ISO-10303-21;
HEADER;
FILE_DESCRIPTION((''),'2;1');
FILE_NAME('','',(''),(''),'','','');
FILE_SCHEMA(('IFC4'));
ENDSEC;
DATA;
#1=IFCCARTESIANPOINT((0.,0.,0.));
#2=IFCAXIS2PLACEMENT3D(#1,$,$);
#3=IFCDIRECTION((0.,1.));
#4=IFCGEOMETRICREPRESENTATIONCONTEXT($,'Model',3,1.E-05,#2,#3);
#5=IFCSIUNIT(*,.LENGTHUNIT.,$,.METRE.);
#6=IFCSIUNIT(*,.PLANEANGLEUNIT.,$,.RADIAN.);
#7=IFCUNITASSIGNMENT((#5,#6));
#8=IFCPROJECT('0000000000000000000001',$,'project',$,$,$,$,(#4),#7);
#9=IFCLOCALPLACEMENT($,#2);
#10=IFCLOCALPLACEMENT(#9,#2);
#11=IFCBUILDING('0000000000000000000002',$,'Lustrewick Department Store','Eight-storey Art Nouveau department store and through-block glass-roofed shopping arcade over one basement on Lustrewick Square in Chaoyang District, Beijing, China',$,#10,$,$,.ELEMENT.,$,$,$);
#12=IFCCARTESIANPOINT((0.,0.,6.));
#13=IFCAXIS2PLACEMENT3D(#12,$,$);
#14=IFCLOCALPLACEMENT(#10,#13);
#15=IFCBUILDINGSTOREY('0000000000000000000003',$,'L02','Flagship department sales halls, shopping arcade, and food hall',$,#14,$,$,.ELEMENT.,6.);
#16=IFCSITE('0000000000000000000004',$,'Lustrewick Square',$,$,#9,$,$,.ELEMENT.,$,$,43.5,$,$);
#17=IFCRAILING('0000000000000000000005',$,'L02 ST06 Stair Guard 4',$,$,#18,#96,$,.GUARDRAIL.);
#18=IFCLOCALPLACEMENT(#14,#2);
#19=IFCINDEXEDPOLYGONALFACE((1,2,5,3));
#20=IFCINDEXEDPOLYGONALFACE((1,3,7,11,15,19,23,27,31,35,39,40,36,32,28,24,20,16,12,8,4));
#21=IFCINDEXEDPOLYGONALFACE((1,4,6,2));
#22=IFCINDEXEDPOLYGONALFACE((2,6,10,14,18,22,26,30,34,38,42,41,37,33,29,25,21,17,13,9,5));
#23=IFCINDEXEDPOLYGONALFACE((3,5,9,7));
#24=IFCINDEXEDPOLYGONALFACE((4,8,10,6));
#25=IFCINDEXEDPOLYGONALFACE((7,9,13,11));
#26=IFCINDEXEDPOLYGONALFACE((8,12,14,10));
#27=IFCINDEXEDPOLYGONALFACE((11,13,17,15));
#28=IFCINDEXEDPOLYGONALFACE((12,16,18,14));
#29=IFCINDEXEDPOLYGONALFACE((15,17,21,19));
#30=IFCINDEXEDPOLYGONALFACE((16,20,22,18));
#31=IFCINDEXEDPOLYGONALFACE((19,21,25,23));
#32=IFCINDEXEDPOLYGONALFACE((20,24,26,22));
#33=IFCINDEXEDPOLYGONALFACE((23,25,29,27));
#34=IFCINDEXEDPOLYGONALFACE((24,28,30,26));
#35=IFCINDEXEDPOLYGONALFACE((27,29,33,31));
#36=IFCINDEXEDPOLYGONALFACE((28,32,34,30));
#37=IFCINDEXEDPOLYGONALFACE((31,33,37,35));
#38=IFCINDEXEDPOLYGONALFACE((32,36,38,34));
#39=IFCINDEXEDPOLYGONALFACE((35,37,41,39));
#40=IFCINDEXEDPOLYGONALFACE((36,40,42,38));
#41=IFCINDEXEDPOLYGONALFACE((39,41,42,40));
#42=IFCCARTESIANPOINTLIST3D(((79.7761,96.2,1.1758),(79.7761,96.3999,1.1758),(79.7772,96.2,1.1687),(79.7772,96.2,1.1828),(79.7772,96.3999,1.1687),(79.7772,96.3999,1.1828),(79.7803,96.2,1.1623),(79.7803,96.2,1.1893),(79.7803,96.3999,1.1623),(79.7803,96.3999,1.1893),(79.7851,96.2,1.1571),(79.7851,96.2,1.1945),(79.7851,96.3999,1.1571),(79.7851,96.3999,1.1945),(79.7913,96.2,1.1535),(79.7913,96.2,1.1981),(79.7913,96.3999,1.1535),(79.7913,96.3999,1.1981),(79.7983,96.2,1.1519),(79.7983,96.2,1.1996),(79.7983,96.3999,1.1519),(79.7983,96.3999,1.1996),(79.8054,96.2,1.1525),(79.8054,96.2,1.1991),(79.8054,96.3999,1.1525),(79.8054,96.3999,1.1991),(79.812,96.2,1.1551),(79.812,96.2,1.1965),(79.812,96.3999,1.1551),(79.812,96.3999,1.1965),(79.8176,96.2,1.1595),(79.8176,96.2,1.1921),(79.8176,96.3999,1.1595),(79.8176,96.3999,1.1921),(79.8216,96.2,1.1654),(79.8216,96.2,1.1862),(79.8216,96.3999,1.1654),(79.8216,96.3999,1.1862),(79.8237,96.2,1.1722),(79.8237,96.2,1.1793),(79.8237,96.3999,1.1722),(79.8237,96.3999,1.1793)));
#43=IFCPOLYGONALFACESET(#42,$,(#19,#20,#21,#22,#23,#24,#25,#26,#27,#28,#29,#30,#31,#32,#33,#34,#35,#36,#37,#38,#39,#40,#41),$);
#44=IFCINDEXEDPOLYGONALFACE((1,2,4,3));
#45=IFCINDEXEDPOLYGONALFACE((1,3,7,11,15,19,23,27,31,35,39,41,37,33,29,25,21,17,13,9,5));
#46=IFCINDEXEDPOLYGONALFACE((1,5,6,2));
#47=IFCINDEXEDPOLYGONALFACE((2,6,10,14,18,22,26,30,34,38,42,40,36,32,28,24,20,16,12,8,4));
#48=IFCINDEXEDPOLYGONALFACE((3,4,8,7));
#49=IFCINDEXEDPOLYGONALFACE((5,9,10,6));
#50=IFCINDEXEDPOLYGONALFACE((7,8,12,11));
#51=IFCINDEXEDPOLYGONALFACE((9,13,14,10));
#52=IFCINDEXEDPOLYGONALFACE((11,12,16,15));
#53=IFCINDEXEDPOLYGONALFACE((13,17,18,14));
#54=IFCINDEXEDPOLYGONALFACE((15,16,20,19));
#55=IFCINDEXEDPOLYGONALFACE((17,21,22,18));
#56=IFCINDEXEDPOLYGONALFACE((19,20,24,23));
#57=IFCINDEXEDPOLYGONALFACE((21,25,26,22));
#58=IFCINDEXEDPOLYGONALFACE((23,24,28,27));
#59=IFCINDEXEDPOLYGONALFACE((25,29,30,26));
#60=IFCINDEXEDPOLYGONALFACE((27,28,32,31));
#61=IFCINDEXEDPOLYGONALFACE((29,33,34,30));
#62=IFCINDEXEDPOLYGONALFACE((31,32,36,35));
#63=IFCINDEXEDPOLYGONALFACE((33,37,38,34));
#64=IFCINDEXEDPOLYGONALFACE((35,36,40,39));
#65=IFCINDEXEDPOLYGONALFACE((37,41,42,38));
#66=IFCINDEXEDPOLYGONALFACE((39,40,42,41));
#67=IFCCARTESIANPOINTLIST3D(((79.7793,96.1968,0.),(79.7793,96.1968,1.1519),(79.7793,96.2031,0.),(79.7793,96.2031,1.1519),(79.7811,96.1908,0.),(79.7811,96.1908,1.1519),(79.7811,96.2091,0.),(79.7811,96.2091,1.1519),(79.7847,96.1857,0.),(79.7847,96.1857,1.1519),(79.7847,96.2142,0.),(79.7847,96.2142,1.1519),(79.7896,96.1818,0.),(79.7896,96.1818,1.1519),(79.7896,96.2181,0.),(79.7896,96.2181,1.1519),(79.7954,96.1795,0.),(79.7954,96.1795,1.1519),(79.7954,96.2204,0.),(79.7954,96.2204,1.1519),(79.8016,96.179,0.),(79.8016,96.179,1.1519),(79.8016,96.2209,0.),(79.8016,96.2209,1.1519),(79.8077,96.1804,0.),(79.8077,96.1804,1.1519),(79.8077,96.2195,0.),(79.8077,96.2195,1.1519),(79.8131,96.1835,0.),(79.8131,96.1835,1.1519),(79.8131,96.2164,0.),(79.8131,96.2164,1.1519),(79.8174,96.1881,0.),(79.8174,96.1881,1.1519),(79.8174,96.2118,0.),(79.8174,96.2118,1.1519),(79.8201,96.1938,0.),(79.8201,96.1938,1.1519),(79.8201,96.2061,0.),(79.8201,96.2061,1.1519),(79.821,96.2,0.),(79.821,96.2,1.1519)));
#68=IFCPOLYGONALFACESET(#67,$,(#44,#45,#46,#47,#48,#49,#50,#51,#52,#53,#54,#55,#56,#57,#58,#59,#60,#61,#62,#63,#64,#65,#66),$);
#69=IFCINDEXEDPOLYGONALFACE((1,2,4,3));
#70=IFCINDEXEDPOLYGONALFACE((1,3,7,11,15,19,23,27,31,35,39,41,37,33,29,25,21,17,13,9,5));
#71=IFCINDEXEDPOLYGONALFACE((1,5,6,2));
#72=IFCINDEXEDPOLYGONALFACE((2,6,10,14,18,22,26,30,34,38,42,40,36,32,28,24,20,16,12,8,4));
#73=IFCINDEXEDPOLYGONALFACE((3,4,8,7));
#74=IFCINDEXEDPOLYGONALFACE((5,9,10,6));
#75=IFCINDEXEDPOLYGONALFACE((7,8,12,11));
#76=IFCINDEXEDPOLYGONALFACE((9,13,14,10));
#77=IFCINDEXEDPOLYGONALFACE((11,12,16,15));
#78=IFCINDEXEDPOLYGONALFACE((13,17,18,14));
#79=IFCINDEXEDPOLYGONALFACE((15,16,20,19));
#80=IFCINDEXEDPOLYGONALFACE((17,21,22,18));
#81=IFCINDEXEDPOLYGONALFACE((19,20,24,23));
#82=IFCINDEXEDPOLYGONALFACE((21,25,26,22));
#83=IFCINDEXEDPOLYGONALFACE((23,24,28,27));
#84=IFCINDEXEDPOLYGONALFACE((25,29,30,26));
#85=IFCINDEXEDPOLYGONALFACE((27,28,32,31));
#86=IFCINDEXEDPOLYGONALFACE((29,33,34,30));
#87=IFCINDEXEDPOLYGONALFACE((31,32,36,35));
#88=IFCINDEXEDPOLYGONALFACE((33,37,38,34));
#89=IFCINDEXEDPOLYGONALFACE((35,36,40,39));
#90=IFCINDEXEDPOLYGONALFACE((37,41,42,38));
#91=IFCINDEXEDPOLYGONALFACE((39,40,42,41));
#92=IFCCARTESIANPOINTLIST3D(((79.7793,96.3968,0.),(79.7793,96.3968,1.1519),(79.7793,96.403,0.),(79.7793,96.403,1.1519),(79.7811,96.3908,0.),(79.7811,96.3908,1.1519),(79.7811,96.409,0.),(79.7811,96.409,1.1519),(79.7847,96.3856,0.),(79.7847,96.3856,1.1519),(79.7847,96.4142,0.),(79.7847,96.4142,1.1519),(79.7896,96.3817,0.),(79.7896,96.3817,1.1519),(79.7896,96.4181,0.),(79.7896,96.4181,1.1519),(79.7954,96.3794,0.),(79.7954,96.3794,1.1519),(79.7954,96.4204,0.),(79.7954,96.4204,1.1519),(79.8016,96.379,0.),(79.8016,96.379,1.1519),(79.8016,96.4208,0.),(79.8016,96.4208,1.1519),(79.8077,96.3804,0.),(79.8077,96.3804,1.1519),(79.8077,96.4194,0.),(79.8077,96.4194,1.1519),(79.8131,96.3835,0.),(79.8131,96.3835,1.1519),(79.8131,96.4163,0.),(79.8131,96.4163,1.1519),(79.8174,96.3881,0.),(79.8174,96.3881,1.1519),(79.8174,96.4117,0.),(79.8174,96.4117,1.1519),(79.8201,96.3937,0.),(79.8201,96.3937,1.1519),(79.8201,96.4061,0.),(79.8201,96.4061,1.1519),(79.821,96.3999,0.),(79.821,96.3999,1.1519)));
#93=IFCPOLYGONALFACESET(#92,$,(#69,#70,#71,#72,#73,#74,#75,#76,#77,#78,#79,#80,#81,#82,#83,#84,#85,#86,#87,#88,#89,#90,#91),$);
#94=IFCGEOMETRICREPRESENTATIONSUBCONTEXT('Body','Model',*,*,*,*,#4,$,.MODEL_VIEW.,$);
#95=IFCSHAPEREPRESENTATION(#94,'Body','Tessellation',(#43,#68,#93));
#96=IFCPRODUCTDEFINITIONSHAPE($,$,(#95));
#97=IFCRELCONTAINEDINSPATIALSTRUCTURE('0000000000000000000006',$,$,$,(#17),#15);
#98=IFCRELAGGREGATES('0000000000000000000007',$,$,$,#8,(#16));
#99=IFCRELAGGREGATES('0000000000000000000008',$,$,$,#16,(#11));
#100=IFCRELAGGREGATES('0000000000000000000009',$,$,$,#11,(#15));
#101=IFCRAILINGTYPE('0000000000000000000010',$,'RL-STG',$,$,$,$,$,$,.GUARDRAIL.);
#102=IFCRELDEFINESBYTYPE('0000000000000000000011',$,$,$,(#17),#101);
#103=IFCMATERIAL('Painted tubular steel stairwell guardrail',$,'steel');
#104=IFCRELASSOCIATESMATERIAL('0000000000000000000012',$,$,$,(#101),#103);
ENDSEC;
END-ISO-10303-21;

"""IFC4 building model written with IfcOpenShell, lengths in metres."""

from ifc_helpers import new_model, si_unit, direction, frame, origin, origin_2d, place, context, subcontext, project, spatial, circle, extrude, material, type_object, element, save


model = new_model("IFC4")

# Units and contexts
model_context = context("Model", 3, precision=1e-05, world=origin(), true_north=direction((0.0, 1.0)))
body_context = subcontext(model_context, "Body", "Model", "MODEL_VIEW")
ifc_project = project(units=[si_unit("LENGTHUNIT", "METRE"), si_unit("PLANEANGLEUNIT", "RADIAN")], contexts=[model_context])

# Site, building, storey
site_placement = place(None, origin())
site = spatial("IfcSite", under=ifc_project, at=site_placement, Name="Lustrewick Square", CompositionType="ELEMENT", RefElevation=43.5)
building_placement = place(site_placement, origin())
building = spatial("IfcBuilding", under=site, at=building_placement, Name="Lustrewick Department Store", Description="Eight-storey Art Nouveau department store and through-block glass-roofed shopping arcade over one basement on Lustrewick Square in Chaoyang District, Beijing, China", CompositionType="ELEMENT")
storey_placement = place(building_placement, frame((0.0, 0.0, 6.0)))
storey = spatial("IfcBuildingStorey", under=building, at=storey_placement, Name="L02", Description="Flagship department sales halls, shopping arcade, and food hall", CompositionType="ELEMENT", Elevation=6.0)

# Railing
ifc_material_1 = material(Name="Painted tubular steel stairwell guardrail", Category="steel")
railing_type_1 = type_object("IfcRailingType", Name="RL-STG", PredefinedType="GUARDRAIL", material=ifc_material_1)
railing_1_placement = place(storey_placement, frame((79.8, 96.2, 0.0)))
element("IfcRailing", 1, at=railing_1_placement, inside=storey, type_object=railing_type_1, Name="L02 ST06 Stair Guard 4", PredefinedType="GUARDRAIL", context=body_context, shape_type="SweptSolid", body=[
    extrude(circle(Radius=0.0239, at=origin_2d()), frame((0.0, 0.0, 1.1758), z_axis=(0.0, 1.0, 0.0), x_axis=(-1.0, 0.0, 0.0)), (0.0, 0.0, 1.0), 0.2),
    extrude(circle(Radius=0.021, at=origin_2d()), origin(), (0.0, 0.0, 1.0), 1.1519),
    extrude(circle(Radius=0.021, at=origin_2d()), frame((0.0, 0.2, 0.0)), (0.0, 0.0, 1.0), 1.1519),
])

save(model, "model.ifc")
